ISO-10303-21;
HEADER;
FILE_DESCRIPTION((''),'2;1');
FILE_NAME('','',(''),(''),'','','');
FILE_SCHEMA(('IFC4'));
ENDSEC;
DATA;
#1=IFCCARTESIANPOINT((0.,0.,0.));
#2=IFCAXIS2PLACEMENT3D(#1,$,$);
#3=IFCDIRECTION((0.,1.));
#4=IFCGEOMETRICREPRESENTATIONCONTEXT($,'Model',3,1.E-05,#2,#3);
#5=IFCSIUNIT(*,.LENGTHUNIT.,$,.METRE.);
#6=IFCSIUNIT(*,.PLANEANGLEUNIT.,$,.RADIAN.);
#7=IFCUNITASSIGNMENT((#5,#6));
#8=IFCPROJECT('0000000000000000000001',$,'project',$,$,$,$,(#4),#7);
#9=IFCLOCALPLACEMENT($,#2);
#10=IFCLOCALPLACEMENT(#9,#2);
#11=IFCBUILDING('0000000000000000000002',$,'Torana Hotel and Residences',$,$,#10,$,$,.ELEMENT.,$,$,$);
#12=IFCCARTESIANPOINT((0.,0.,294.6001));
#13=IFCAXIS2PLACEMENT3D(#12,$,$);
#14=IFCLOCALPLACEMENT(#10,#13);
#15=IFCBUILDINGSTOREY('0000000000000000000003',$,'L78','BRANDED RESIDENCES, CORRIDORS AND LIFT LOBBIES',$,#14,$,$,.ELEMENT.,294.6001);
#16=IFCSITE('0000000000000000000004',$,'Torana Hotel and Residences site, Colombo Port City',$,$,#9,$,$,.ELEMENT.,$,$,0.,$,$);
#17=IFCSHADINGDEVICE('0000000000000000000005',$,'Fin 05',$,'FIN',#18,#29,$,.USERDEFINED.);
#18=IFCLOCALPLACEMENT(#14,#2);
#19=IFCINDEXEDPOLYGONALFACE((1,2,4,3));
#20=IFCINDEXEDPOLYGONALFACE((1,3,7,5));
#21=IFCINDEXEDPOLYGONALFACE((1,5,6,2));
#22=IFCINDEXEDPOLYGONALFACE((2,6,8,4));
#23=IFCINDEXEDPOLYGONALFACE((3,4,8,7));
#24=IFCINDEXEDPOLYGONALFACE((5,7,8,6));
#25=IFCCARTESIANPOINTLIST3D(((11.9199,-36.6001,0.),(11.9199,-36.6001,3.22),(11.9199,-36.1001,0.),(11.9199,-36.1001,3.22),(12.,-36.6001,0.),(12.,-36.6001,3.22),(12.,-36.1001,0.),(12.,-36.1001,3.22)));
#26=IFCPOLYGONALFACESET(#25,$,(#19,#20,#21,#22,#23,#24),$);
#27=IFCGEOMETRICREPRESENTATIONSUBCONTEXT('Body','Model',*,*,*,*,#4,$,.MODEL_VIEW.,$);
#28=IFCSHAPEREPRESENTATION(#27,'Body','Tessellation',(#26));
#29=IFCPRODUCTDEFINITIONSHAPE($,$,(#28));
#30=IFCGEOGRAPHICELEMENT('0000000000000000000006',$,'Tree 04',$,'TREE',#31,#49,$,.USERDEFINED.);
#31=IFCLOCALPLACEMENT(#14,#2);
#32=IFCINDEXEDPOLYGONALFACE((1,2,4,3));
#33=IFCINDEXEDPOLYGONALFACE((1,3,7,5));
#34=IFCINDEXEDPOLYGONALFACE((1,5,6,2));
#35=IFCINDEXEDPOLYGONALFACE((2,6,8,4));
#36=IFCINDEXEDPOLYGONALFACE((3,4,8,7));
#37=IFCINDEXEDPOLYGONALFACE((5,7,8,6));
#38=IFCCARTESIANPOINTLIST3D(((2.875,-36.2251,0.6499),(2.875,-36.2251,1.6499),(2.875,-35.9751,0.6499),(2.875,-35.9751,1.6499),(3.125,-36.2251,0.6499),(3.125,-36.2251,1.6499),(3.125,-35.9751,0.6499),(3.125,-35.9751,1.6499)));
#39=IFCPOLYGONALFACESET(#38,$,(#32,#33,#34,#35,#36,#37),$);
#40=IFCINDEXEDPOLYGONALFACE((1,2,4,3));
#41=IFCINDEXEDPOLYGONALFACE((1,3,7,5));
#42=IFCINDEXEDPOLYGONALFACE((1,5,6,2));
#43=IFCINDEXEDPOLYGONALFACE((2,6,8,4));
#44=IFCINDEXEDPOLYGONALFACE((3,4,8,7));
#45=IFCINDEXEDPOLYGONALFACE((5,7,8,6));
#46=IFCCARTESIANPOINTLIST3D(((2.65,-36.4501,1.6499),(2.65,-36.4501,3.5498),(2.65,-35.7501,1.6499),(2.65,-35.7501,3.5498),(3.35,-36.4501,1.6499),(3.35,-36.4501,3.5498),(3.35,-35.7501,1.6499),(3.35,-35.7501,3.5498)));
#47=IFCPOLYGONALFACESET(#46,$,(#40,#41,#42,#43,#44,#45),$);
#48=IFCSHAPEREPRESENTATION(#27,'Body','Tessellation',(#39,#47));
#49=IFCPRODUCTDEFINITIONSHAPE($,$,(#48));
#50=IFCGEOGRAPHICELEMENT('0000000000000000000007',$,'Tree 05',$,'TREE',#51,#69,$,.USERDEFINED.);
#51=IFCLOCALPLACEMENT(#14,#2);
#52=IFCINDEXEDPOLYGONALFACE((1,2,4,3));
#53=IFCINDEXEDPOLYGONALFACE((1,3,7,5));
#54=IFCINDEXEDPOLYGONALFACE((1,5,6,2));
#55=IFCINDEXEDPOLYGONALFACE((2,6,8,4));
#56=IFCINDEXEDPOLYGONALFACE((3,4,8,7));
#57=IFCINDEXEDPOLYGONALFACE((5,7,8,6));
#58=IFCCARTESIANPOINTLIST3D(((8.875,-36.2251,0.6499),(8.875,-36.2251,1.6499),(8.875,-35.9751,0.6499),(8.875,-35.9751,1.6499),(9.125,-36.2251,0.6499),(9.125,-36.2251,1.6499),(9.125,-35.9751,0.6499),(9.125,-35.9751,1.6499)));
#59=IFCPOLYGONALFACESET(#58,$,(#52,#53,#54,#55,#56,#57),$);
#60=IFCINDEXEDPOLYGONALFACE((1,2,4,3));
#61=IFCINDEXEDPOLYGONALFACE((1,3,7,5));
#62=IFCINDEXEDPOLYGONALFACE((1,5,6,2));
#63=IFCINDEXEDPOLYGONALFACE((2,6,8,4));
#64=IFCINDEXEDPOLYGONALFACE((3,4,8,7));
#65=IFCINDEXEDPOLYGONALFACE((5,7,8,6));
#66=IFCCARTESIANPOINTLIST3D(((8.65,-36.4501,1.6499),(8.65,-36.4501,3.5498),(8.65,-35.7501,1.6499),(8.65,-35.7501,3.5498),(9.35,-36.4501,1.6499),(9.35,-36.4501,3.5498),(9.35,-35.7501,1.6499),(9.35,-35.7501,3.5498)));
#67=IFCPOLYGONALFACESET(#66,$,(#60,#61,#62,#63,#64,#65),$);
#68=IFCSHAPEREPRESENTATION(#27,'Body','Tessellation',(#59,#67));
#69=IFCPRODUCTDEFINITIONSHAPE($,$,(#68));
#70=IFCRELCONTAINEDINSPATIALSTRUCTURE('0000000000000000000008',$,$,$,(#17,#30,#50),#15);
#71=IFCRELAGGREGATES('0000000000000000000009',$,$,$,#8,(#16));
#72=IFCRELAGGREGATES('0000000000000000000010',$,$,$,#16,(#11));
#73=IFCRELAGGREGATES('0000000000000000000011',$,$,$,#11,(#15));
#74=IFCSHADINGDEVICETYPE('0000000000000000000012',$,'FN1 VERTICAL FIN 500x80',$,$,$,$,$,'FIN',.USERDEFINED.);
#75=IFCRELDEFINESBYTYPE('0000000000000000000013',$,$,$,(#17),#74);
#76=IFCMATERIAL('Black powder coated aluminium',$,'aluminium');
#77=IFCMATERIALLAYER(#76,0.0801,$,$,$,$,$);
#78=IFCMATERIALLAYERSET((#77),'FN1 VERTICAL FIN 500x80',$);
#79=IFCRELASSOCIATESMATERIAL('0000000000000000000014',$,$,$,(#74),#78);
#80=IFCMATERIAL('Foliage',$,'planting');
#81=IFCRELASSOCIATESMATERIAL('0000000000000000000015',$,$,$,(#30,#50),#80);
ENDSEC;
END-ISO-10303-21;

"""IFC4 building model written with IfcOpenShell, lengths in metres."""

from ifc_helpers import new_model, si_unit, direction, frame, origin, origin_2d, place, context, subcontext, project, spatial, rectangle, extrude, material, layer, layer_set, type_object, element, save


model = new_model("IFC4")

# Units and contexts
model_context = context("Model", 3, precision=1e-05, world=origin(), true_north=direction((0.0, 1.0)))
body_context = subcontext(model_context, "Body", "Model", "MODEL_VIEW")
ifc_project = project(units=[si_unit("LENGTHUNIT", "METRE"), si_unit("PLANEANGLEUNIT", "RADIAN")], contexts=[model_context])

# Site, building, storey
site_placement = place(None, origin())
site = spatial("IfcSite", under=ifc_project, at=site_placement, Name="Torana Hotel and Residences site, Colombo Port City", CompositionType="ELEMENT", RefElevation=0.0)
building_placement = place(site_placement, origin())
building = spatial("IfcBuilding", under=site, at=building_placement, Name="Torana Hotel and Residences", CompositionType="ELEMENT")
storey_placement = place(building_placement, frame((0.0, 0.0, 294.6001)))
storey = spatial("IfcBuildingStorey", under=building, at=storey_placement, Name="L78", Description="BRANDED RESIDENCES, CORRIDORS AND LIFT LOBBIES", CompositionType="ELEMENT", Elevation=294.6001)

# Shading device
ifc_material_1 = material(Name="Black powder coated aluminium", Category="aluminium")
ifc_layer_1 = layer(ifc_material_1, 0.0801)
ifc_layer_set_1 = layer_set([ifc_layer_1], Name="FN1 VERTICAL FIN 500x80")
shading_device_type = type_object("IfcShadingDeviceType", Name="FN1 VERTICAL FIN 500x80", ElementType="FIN", PredefinedType="USERDEFINED", material=ifc_layer_set_1)
shading_device_placement = place(storey_placement, frame((11.96, -36.3501, 0.0), z_axis=(0.0, 0.0, 1.0), x_axis=(-1.0, 0.0, 0.0)))
element("IfcShadingDevice", 1, at=shading_device_placement, inside=storey, type_object=shading_device_type, Name="Fin 05", ObjectType="FIN", PredefinedType="USERDEFINED", context=body_context, shape_type="SweptSolid", body=[
    extrude(rectangle(XDim=0.0801, YDim=0.5, at=origin_2d()), origin(), (0.0, 0.0, 1.0), 3.22),
])

# Geographic elements
ifc_material_2 = material(Name="Foliage", Category="planting")
for number, where, z_axis, x_axis, name in (
    (2, (3.0, -36.1001, 0.6499), (0.0, 0.0, 1.0), (1.0, 0.0, 0.0), "Tree 04"),
    (3, (9.0, -36.1001, 0.6499), (0.0, 0.0, 1.0), (1.0, 0.0, 0.0), "Tree 05"),
):
    element("IfcGeographicElement", number, at=place(storey_placement, frame(where, z_axis=z_axis, x_axis=x_axis)), inside=storey, material=ifc_material_2, Name=name, ObjectType="TREE", PredefinedType="USERDEFINED", context=body_context, shape_type="SweptSolid", body=[
        extrude(rectangle(XDim=0.25, YDim=0.25, at=origin_2d()), origin(), (0.0, 0.0, 1.0), 1.0),
        extrude(rectangle(XDim=0.7, YDim=0.7, at=origin_2d()), frame((0.0, 0.0, 1.0)), (0.0, 0.0, 1.0), 1.8999),
    ])

save(model, "model.ifc")
